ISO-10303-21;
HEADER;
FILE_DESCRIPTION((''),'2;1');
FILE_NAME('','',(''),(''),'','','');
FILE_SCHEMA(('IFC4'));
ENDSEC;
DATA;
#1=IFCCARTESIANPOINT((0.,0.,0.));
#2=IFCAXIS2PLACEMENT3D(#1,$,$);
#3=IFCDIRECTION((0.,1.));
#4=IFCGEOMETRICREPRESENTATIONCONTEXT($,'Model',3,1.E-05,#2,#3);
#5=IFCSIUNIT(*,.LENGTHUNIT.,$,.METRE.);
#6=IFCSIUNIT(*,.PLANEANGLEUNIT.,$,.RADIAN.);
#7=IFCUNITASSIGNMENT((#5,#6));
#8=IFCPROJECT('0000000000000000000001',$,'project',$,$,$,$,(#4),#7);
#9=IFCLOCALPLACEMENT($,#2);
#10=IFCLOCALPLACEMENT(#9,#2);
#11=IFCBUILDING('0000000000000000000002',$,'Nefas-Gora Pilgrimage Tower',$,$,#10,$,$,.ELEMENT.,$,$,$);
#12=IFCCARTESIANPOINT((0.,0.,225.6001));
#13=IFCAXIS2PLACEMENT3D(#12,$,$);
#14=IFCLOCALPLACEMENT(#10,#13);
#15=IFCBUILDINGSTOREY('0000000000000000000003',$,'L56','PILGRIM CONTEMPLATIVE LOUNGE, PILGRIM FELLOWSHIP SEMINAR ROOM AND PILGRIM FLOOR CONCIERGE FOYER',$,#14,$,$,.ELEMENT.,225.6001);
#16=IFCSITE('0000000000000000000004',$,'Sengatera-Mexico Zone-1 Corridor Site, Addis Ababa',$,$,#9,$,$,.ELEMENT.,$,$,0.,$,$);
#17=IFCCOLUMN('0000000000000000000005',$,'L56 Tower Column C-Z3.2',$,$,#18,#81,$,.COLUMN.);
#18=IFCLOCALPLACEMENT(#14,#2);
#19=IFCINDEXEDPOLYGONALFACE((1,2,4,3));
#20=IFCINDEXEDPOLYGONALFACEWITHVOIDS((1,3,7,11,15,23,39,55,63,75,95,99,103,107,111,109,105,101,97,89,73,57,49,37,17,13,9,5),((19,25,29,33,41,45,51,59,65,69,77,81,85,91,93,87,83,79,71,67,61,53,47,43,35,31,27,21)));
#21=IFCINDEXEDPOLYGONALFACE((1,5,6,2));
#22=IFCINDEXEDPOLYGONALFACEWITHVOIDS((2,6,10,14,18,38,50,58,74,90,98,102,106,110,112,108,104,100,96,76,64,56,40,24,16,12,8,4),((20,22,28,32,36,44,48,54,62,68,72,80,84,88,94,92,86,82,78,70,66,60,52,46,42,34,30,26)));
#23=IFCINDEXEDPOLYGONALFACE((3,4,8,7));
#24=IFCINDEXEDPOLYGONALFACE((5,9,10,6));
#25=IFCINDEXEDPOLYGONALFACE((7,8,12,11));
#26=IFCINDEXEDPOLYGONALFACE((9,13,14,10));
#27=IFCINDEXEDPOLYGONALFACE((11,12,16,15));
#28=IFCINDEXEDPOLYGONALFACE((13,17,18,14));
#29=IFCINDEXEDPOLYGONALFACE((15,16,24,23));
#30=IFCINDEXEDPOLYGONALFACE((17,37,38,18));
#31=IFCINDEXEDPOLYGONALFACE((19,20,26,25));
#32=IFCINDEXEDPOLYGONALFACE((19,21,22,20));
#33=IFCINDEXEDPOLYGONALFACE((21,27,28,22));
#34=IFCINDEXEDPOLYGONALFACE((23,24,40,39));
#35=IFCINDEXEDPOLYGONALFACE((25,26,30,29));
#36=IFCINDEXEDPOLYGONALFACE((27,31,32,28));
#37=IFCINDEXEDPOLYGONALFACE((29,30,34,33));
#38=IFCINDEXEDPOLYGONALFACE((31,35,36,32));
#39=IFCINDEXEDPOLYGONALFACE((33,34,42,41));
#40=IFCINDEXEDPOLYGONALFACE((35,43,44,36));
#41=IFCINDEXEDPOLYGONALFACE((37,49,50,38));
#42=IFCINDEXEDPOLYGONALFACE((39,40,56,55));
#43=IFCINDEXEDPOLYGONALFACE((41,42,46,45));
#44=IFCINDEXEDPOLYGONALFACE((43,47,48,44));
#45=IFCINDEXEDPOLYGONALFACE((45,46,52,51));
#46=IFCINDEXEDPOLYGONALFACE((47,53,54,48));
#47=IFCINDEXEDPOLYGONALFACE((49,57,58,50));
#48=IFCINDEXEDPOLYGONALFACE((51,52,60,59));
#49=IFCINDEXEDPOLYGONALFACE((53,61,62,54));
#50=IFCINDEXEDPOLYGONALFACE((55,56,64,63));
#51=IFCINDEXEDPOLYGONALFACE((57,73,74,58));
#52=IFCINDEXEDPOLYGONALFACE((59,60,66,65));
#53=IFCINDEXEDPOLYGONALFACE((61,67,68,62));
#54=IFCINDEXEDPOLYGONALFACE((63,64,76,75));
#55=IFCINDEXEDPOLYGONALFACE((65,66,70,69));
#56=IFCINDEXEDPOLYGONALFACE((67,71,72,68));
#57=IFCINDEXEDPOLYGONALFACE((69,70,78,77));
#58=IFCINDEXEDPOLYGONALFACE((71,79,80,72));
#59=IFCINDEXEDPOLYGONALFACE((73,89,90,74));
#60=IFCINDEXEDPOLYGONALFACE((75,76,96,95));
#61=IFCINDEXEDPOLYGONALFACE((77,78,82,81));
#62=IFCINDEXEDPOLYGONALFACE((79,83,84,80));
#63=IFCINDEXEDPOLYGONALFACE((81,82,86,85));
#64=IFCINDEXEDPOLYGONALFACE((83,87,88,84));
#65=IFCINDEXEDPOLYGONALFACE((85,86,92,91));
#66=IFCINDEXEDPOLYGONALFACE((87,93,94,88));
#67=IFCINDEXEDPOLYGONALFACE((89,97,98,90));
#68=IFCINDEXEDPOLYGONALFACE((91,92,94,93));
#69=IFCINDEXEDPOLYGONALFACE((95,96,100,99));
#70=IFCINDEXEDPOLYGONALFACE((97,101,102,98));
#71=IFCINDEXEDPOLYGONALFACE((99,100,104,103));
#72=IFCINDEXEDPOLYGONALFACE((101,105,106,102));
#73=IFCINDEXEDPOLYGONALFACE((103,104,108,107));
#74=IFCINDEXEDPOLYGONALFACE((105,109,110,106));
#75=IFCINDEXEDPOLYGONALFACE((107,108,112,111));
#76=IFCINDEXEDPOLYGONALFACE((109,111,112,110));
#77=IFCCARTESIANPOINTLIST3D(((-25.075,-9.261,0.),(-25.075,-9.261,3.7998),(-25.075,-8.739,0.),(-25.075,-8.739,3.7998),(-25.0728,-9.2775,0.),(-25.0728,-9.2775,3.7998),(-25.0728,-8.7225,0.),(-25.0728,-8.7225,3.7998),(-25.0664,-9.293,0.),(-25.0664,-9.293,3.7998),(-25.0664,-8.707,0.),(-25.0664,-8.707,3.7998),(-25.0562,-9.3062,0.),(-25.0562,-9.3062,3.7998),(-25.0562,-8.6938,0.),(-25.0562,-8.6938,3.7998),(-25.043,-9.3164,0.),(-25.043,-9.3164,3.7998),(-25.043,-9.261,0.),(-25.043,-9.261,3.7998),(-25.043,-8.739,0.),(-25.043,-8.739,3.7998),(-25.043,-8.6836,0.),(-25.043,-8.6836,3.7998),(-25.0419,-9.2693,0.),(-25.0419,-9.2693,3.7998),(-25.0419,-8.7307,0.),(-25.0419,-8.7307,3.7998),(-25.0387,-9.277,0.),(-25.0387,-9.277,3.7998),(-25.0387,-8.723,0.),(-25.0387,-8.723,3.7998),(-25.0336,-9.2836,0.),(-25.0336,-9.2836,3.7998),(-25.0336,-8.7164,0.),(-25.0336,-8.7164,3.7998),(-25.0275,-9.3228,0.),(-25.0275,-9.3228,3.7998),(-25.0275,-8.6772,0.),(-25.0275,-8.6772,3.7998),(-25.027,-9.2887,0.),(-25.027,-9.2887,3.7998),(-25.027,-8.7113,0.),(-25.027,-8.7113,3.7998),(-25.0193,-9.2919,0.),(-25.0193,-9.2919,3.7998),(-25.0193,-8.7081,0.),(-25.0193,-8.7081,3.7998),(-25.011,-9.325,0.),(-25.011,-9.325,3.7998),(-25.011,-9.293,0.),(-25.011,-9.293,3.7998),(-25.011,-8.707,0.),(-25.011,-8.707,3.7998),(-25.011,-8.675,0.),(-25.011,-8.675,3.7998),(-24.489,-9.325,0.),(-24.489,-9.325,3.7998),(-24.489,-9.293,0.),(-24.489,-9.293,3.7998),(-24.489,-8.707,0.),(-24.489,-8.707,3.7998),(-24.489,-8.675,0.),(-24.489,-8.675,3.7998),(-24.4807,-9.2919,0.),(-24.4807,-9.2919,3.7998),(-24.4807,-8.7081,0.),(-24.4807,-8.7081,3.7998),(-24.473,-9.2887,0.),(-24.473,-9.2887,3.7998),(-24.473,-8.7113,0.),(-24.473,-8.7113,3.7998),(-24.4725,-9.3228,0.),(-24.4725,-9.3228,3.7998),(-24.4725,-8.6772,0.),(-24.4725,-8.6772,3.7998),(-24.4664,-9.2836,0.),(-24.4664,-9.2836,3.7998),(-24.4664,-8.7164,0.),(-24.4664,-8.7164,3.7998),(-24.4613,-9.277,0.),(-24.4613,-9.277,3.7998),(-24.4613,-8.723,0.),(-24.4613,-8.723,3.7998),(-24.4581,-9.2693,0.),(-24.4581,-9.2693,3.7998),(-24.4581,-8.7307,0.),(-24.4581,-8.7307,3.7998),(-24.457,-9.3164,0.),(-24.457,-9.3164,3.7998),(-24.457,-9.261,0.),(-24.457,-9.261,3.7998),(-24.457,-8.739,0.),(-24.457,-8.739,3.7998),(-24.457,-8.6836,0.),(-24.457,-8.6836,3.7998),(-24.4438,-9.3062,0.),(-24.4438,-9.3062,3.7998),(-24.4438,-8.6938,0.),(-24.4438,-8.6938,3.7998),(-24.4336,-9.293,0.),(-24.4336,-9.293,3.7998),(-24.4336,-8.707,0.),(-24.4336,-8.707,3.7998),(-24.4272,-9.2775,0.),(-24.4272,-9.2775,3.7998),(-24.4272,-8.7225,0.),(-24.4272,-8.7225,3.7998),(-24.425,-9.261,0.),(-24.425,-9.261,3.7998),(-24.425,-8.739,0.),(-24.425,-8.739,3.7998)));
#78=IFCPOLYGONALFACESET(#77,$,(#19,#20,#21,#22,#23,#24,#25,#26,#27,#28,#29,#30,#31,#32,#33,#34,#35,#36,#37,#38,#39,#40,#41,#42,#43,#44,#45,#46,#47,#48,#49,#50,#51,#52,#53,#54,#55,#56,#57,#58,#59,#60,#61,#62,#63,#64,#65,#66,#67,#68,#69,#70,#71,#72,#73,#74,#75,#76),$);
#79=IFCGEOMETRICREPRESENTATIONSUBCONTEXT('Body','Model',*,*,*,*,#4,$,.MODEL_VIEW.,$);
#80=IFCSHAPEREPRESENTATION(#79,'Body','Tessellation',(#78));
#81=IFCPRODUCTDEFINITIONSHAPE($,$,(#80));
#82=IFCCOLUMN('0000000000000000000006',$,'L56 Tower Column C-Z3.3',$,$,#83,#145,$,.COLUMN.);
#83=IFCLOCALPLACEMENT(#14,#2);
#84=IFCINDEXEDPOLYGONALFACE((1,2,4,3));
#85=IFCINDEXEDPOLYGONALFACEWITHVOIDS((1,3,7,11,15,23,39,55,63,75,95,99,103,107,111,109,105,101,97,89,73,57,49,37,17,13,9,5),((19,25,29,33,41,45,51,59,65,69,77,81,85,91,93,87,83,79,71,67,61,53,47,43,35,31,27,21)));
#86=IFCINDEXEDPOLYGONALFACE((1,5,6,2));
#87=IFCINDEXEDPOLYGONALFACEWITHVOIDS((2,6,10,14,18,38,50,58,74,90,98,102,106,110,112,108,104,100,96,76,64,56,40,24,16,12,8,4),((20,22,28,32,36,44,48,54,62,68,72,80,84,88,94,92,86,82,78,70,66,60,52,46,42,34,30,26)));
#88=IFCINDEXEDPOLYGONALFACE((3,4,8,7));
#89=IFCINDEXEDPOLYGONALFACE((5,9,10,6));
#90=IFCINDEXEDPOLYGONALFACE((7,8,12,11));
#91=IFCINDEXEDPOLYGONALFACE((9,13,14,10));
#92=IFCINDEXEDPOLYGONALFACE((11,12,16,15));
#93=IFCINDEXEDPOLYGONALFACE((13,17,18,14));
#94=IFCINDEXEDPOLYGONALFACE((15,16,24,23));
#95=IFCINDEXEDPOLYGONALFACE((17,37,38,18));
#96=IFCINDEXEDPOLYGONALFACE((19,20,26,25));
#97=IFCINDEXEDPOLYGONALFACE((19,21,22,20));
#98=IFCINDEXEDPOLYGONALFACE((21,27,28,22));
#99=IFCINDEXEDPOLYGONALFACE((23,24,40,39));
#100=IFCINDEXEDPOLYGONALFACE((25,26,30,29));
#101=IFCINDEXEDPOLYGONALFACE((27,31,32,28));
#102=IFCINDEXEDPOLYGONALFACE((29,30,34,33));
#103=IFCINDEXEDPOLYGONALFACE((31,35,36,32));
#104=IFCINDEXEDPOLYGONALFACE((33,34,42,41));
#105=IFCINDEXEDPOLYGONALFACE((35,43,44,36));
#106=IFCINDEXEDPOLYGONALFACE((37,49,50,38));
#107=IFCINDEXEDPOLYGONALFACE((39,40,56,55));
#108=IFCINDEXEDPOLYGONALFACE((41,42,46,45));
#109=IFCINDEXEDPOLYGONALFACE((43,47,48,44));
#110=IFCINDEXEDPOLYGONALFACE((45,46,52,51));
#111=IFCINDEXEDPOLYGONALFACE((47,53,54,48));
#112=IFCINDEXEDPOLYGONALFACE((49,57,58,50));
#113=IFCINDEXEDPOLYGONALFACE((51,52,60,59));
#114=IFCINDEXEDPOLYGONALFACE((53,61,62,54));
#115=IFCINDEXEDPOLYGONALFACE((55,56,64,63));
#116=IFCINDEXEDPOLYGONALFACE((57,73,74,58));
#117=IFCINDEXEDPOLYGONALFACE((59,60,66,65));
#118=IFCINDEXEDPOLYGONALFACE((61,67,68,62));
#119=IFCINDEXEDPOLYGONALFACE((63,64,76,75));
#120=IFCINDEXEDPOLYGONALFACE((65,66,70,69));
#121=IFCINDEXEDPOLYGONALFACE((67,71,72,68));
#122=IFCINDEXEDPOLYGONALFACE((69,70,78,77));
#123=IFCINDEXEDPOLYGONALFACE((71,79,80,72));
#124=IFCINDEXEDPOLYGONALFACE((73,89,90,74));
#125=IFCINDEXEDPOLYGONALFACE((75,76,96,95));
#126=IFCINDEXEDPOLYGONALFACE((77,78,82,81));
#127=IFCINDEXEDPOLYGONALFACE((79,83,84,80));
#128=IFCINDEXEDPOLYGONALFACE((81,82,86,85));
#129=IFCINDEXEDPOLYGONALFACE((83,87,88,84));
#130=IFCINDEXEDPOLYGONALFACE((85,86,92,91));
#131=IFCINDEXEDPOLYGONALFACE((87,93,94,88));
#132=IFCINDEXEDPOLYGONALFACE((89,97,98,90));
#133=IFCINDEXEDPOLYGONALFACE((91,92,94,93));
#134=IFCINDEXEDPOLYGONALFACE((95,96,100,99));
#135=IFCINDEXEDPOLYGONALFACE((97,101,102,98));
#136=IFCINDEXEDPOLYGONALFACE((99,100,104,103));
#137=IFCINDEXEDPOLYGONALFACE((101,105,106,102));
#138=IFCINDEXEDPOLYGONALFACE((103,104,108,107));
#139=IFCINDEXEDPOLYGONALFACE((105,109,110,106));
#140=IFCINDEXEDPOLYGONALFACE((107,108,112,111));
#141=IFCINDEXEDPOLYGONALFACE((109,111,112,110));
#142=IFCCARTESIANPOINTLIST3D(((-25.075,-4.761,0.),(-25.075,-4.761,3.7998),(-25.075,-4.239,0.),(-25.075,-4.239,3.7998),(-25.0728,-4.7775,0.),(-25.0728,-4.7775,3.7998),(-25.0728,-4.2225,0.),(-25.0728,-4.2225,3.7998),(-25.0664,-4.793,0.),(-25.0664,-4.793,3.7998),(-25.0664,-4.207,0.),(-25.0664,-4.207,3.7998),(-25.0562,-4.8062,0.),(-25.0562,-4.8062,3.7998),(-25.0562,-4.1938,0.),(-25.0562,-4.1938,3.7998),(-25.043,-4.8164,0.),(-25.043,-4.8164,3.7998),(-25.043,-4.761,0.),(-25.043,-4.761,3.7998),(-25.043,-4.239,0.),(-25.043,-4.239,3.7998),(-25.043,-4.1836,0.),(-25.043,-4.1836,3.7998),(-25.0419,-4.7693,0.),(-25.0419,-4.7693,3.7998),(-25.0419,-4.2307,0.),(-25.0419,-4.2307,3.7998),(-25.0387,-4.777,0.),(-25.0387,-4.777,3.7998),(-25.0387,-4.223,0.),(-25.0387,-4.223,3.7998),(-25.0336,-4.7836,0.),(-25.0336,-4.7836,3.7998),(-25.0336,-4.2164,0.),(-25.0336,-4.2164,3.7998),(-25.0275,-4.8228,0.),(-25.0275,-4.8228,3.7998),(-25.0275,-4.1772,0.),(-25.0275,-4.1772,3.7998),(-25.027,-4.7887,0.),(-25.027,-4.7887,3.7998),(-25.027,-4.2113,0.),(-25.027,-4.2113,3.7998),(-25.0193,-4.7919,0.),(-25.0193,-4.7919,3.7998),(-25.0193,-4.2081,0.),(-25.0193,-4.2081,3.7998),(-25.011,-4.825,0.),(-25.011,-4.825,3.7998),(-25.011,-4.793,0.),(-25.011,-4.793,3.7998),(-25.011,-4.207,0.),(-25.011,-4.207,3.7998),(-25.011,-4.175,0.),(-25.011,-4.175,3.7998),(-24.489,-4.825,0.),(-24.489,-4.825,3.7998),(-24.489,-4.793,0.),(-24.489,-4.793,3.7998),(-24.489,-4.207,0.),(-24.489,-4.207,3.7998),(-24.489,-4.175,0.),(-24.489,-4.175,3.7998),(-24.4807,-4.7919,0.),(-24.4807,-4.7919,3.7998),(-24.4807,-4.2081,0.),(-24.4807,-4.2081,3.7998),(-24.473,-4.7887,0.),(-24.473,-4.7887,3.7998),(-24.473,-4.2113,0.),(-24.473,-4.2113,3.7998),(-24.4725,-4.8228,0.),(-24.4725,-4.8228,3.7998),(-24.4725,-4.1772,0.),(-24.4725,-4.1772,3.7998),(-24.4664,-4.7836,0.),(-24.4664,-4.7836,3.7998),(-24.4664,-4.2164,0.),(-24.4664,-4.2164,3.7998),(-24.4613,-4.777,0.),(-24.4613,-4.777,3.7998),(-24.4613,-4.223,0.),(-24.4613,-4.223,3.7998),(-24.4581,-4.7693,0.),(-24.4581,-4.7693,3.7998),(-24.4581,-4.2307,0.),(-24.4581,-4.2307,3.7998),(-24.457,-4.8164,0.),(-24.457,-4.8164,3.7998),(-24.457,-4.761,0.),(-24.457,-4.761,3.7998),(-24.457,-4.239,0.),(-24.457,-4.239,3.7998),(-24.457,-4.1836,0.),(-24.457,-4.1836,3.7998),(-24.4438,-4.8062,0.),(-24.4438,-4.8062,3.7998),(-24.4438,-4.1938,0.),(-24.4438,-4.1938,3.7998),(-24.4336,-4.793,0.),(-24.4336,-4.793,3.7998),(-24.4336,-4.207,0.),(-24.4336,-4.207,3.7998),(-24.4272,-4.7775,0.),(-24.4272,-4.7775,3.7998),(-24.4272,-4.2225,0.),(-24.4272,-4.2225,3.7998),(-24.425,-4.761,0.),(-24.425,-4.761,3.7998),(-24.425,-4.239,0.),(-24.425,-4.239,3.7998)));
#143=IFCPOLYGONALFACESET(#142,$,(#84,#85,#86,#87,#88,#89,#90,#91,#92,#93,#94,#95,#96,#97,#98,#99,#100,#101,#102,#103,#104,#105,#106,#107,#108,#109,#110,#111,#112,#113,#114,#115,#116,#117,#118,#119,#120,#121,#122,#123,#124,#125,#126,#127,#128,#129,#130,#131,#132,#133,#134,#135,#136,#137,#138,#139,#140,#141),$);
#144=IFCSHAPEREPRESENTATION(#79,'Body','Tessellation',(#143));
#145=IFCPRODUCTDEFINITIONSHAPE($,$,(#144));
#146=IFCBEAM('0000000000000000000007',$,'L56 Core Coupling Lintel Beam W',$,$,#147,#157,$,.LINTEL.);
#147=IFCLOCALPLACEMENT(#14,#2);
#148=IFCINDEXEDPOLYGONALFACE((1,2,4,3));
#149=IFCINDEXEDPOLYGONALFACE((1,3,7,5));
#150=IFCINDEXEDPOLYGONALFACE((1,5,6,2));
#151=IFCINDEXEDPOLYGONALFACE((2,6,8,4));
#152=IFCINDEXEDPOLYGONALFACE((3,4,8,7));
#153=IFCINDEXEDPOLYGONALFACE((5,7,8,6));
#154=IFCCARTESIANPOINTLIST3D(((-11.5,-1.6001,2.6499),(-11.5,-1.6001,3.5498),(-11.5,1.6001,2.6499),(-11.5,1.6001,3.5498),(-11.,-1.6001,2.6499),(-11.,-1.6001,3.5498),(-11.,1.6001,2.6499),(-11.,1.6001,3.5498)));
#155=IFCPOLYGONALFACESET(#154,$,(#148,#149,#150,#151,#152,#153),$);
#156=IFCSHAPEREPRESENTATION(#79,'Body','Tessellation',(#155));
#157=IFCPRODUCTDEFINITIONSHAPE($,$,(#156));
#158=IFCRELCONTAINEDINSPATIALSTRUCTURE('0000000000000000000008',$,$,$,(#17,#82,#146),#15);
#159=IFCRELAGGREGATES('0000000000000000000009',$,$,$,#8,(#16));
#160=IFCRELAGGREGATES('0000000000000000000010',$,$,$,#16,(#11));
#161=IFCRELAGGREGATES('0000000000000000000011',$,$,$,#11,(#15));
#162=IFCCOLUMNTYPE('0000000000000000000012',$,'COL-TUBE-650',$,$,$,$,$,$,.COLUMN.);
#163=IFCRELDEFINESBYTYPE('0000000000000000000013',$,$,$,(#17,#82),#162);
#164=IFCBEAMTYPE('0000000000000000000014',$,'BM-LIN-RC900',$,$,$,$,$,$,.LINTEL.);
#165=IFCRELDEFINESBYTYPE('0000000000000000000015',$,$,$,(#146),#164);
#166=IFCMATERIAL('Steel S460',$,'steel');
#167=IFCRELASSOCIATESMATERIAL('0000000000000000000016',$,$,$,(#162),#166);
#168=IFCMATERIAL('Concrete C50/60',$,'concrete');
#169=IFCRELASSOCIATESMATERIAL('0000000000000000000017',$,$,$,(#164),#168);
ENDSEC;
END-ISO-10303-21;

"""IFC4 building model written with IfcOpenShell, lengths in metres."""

from ifc_helpers import new_model, si_unit, direction, frame, origin, origin_2d, place, context, subcontext, project, spatial, rectangle, hollow_rectangle, extrude, source, transform, mapped, material, material_profile, profile_set, type_object, element, save


model = new_model("IFC4")

# Units and contexts
model_context = context("Model", 3, precision=1e-05, world=origin(), true_north=direction((0.0, 1.0)))
body_context = subcontext(model_context, "Body", "Model", "MODEL_VIEW")
ifc_project = project(units=[si_unit("LENGTHUNIT", "METRE"), si_unit("PLANEANGLEUNIT", "RADIAN")], contexts=[model_context])

# Site, building, storey
site_placement = place(None, origin())
site = spatial("IfcSite", under=ifc_project, at=site_placement, Name="Sengatera-Mexico Zone-1 Corridor Site, Addis Ababa", CompositionType="ELEMENT", RefElevation=0.0)
building_placement = place(site_placement, origin())
building = spatial("IfcBuilding", under=site, at=building_placement, Name="Nefas-Gora Pilgrimage Tower", CompositionType="ELEMENT")
storey_placement = place(building_placement, frame((0.0, 0.0, 225.6001)))
storey = spatial("IfcBuildingStorey", under=building, at=storey_placement, Name="L56", Description="PILGRIM CONTEMPLATIVE LOUNGE, PILGRIM FELLOWSHIP SEMINAR ROOM AND PILGRIM FLOOR CONCIERGE FOYER", CompositionType="ELEMENT", Elevation=225.6001)

# Columns
ifc_material_1 = material(Name="Steel S460", Category="steel")
ifc_material_profile_1 = material_profile(ifc_material_1, hollow_rectangle(XDim=0.6499, YDim=0.6499, WallThickness=0.032, InnerFilletRadius=0.032, OuterFilletRadius=0.064, at=origin_2d()), Name="BOX 650x650x32")
ifc_profile_set_1 = profile_set([ifc_material_profile_1], Name="Steel S460")
column_type_1 = type_object("IfcColumnType", Name="COL-TUBE-650", PredefinedType="COLUMN", material=ifc_profile_set_1)
shared_shape_1 = source(origin(), body_context, "Body", "SweptSolid", [
    extrude(hollow_rectangle(XDim=0.6499, YDim=0.6499, WallThickness=0.032, InnerFilletRadius=0.032, OuterFilletRadius=0.064, at=origin_2d()), origin(), (0.0, 0.0, 1.0), 3.7998),
])
for number, where, z_axis, x_axis, name in (
    (1, (-24.75, -9.0, 0.0), (0.0, 0.0, 1.0), (1.0, 0.0, 0.0), "L56 Tower Column C-Z3.2"),
    (2, (-24.75, -4.5, 0.0), (0.0, 0.0, 1.0), (1.0, 0.0, 0.0), "L56 Tower Column C-Z3.3"),
):
    element("IfcColumn", number, at=place(storey_placement, frame(where, z_axis=z_axis, x_axis=x_axis)), inside=storey, type_object=column_type_1, Name=name, PredefinedType="COLUMN", context=body_context, shape_type="MappedRepresentation", body=[
        mapped(shared_shape_1, transform((0.0, 0.0, 0.0), x_axis=(1.0, 0.0, 0.0), y_axis=(0.0, 1.0, 0.0), z_axis=(0.0, 0.0, 1.0), scale=1.0)),
    ])

# Beam
ifc_material_2 = material(Name="Concrete C50/60", Category="concrete")
ifc_material_profile_2 = material_profile(ifc_material_2, rectangle(XDim=0.5, YDim=0.8999, at=origin_2d()), Name="RC 500x900")
ifc_profile_set_2 = profile_set([ifc_material_profile_2], Name="Concrete C50/60")
beam_type_1 = type_object("IfcBeamType", Name="BM-LIN-RC900", PredefinedType="LINTEL", material=ifc_profile_set_2)
shared_shape_2 = source(origin(), body_context, "Body", "SweptSolid", [
    extrude(rectangle(XDim=0.5, YDim=0.8999, at=origin_2d()), origin(), (0.0, 0.0, 1.0), 3.2002),
])
beam_placement = place(storey_placement, frame((-11.25, -1.6001, 3.0999), z_axis=(0.0, 1.0, 0.0), x_axis=(-1.0, 0.0, 0.0)))
element("IfcBeam", 3, at=beam_placement, inside=storey, type_object=beam_type_1, Name="L56 Core Coupling Lintel Beam W", PredefinedType="LINTEL", context=body_context, shape_type="MappedRepresentation", body=[
    mapped(shared_shape_2, transform((0.0, 0.0, 0.0), x_axis=(1.0, 0.0, 0.0), y_axis=(0.0, 1.0, 0.0), z_axis=(0.0, 0.0, 1.0), scale=1.0)),
])

save(model, "model.ifc")
